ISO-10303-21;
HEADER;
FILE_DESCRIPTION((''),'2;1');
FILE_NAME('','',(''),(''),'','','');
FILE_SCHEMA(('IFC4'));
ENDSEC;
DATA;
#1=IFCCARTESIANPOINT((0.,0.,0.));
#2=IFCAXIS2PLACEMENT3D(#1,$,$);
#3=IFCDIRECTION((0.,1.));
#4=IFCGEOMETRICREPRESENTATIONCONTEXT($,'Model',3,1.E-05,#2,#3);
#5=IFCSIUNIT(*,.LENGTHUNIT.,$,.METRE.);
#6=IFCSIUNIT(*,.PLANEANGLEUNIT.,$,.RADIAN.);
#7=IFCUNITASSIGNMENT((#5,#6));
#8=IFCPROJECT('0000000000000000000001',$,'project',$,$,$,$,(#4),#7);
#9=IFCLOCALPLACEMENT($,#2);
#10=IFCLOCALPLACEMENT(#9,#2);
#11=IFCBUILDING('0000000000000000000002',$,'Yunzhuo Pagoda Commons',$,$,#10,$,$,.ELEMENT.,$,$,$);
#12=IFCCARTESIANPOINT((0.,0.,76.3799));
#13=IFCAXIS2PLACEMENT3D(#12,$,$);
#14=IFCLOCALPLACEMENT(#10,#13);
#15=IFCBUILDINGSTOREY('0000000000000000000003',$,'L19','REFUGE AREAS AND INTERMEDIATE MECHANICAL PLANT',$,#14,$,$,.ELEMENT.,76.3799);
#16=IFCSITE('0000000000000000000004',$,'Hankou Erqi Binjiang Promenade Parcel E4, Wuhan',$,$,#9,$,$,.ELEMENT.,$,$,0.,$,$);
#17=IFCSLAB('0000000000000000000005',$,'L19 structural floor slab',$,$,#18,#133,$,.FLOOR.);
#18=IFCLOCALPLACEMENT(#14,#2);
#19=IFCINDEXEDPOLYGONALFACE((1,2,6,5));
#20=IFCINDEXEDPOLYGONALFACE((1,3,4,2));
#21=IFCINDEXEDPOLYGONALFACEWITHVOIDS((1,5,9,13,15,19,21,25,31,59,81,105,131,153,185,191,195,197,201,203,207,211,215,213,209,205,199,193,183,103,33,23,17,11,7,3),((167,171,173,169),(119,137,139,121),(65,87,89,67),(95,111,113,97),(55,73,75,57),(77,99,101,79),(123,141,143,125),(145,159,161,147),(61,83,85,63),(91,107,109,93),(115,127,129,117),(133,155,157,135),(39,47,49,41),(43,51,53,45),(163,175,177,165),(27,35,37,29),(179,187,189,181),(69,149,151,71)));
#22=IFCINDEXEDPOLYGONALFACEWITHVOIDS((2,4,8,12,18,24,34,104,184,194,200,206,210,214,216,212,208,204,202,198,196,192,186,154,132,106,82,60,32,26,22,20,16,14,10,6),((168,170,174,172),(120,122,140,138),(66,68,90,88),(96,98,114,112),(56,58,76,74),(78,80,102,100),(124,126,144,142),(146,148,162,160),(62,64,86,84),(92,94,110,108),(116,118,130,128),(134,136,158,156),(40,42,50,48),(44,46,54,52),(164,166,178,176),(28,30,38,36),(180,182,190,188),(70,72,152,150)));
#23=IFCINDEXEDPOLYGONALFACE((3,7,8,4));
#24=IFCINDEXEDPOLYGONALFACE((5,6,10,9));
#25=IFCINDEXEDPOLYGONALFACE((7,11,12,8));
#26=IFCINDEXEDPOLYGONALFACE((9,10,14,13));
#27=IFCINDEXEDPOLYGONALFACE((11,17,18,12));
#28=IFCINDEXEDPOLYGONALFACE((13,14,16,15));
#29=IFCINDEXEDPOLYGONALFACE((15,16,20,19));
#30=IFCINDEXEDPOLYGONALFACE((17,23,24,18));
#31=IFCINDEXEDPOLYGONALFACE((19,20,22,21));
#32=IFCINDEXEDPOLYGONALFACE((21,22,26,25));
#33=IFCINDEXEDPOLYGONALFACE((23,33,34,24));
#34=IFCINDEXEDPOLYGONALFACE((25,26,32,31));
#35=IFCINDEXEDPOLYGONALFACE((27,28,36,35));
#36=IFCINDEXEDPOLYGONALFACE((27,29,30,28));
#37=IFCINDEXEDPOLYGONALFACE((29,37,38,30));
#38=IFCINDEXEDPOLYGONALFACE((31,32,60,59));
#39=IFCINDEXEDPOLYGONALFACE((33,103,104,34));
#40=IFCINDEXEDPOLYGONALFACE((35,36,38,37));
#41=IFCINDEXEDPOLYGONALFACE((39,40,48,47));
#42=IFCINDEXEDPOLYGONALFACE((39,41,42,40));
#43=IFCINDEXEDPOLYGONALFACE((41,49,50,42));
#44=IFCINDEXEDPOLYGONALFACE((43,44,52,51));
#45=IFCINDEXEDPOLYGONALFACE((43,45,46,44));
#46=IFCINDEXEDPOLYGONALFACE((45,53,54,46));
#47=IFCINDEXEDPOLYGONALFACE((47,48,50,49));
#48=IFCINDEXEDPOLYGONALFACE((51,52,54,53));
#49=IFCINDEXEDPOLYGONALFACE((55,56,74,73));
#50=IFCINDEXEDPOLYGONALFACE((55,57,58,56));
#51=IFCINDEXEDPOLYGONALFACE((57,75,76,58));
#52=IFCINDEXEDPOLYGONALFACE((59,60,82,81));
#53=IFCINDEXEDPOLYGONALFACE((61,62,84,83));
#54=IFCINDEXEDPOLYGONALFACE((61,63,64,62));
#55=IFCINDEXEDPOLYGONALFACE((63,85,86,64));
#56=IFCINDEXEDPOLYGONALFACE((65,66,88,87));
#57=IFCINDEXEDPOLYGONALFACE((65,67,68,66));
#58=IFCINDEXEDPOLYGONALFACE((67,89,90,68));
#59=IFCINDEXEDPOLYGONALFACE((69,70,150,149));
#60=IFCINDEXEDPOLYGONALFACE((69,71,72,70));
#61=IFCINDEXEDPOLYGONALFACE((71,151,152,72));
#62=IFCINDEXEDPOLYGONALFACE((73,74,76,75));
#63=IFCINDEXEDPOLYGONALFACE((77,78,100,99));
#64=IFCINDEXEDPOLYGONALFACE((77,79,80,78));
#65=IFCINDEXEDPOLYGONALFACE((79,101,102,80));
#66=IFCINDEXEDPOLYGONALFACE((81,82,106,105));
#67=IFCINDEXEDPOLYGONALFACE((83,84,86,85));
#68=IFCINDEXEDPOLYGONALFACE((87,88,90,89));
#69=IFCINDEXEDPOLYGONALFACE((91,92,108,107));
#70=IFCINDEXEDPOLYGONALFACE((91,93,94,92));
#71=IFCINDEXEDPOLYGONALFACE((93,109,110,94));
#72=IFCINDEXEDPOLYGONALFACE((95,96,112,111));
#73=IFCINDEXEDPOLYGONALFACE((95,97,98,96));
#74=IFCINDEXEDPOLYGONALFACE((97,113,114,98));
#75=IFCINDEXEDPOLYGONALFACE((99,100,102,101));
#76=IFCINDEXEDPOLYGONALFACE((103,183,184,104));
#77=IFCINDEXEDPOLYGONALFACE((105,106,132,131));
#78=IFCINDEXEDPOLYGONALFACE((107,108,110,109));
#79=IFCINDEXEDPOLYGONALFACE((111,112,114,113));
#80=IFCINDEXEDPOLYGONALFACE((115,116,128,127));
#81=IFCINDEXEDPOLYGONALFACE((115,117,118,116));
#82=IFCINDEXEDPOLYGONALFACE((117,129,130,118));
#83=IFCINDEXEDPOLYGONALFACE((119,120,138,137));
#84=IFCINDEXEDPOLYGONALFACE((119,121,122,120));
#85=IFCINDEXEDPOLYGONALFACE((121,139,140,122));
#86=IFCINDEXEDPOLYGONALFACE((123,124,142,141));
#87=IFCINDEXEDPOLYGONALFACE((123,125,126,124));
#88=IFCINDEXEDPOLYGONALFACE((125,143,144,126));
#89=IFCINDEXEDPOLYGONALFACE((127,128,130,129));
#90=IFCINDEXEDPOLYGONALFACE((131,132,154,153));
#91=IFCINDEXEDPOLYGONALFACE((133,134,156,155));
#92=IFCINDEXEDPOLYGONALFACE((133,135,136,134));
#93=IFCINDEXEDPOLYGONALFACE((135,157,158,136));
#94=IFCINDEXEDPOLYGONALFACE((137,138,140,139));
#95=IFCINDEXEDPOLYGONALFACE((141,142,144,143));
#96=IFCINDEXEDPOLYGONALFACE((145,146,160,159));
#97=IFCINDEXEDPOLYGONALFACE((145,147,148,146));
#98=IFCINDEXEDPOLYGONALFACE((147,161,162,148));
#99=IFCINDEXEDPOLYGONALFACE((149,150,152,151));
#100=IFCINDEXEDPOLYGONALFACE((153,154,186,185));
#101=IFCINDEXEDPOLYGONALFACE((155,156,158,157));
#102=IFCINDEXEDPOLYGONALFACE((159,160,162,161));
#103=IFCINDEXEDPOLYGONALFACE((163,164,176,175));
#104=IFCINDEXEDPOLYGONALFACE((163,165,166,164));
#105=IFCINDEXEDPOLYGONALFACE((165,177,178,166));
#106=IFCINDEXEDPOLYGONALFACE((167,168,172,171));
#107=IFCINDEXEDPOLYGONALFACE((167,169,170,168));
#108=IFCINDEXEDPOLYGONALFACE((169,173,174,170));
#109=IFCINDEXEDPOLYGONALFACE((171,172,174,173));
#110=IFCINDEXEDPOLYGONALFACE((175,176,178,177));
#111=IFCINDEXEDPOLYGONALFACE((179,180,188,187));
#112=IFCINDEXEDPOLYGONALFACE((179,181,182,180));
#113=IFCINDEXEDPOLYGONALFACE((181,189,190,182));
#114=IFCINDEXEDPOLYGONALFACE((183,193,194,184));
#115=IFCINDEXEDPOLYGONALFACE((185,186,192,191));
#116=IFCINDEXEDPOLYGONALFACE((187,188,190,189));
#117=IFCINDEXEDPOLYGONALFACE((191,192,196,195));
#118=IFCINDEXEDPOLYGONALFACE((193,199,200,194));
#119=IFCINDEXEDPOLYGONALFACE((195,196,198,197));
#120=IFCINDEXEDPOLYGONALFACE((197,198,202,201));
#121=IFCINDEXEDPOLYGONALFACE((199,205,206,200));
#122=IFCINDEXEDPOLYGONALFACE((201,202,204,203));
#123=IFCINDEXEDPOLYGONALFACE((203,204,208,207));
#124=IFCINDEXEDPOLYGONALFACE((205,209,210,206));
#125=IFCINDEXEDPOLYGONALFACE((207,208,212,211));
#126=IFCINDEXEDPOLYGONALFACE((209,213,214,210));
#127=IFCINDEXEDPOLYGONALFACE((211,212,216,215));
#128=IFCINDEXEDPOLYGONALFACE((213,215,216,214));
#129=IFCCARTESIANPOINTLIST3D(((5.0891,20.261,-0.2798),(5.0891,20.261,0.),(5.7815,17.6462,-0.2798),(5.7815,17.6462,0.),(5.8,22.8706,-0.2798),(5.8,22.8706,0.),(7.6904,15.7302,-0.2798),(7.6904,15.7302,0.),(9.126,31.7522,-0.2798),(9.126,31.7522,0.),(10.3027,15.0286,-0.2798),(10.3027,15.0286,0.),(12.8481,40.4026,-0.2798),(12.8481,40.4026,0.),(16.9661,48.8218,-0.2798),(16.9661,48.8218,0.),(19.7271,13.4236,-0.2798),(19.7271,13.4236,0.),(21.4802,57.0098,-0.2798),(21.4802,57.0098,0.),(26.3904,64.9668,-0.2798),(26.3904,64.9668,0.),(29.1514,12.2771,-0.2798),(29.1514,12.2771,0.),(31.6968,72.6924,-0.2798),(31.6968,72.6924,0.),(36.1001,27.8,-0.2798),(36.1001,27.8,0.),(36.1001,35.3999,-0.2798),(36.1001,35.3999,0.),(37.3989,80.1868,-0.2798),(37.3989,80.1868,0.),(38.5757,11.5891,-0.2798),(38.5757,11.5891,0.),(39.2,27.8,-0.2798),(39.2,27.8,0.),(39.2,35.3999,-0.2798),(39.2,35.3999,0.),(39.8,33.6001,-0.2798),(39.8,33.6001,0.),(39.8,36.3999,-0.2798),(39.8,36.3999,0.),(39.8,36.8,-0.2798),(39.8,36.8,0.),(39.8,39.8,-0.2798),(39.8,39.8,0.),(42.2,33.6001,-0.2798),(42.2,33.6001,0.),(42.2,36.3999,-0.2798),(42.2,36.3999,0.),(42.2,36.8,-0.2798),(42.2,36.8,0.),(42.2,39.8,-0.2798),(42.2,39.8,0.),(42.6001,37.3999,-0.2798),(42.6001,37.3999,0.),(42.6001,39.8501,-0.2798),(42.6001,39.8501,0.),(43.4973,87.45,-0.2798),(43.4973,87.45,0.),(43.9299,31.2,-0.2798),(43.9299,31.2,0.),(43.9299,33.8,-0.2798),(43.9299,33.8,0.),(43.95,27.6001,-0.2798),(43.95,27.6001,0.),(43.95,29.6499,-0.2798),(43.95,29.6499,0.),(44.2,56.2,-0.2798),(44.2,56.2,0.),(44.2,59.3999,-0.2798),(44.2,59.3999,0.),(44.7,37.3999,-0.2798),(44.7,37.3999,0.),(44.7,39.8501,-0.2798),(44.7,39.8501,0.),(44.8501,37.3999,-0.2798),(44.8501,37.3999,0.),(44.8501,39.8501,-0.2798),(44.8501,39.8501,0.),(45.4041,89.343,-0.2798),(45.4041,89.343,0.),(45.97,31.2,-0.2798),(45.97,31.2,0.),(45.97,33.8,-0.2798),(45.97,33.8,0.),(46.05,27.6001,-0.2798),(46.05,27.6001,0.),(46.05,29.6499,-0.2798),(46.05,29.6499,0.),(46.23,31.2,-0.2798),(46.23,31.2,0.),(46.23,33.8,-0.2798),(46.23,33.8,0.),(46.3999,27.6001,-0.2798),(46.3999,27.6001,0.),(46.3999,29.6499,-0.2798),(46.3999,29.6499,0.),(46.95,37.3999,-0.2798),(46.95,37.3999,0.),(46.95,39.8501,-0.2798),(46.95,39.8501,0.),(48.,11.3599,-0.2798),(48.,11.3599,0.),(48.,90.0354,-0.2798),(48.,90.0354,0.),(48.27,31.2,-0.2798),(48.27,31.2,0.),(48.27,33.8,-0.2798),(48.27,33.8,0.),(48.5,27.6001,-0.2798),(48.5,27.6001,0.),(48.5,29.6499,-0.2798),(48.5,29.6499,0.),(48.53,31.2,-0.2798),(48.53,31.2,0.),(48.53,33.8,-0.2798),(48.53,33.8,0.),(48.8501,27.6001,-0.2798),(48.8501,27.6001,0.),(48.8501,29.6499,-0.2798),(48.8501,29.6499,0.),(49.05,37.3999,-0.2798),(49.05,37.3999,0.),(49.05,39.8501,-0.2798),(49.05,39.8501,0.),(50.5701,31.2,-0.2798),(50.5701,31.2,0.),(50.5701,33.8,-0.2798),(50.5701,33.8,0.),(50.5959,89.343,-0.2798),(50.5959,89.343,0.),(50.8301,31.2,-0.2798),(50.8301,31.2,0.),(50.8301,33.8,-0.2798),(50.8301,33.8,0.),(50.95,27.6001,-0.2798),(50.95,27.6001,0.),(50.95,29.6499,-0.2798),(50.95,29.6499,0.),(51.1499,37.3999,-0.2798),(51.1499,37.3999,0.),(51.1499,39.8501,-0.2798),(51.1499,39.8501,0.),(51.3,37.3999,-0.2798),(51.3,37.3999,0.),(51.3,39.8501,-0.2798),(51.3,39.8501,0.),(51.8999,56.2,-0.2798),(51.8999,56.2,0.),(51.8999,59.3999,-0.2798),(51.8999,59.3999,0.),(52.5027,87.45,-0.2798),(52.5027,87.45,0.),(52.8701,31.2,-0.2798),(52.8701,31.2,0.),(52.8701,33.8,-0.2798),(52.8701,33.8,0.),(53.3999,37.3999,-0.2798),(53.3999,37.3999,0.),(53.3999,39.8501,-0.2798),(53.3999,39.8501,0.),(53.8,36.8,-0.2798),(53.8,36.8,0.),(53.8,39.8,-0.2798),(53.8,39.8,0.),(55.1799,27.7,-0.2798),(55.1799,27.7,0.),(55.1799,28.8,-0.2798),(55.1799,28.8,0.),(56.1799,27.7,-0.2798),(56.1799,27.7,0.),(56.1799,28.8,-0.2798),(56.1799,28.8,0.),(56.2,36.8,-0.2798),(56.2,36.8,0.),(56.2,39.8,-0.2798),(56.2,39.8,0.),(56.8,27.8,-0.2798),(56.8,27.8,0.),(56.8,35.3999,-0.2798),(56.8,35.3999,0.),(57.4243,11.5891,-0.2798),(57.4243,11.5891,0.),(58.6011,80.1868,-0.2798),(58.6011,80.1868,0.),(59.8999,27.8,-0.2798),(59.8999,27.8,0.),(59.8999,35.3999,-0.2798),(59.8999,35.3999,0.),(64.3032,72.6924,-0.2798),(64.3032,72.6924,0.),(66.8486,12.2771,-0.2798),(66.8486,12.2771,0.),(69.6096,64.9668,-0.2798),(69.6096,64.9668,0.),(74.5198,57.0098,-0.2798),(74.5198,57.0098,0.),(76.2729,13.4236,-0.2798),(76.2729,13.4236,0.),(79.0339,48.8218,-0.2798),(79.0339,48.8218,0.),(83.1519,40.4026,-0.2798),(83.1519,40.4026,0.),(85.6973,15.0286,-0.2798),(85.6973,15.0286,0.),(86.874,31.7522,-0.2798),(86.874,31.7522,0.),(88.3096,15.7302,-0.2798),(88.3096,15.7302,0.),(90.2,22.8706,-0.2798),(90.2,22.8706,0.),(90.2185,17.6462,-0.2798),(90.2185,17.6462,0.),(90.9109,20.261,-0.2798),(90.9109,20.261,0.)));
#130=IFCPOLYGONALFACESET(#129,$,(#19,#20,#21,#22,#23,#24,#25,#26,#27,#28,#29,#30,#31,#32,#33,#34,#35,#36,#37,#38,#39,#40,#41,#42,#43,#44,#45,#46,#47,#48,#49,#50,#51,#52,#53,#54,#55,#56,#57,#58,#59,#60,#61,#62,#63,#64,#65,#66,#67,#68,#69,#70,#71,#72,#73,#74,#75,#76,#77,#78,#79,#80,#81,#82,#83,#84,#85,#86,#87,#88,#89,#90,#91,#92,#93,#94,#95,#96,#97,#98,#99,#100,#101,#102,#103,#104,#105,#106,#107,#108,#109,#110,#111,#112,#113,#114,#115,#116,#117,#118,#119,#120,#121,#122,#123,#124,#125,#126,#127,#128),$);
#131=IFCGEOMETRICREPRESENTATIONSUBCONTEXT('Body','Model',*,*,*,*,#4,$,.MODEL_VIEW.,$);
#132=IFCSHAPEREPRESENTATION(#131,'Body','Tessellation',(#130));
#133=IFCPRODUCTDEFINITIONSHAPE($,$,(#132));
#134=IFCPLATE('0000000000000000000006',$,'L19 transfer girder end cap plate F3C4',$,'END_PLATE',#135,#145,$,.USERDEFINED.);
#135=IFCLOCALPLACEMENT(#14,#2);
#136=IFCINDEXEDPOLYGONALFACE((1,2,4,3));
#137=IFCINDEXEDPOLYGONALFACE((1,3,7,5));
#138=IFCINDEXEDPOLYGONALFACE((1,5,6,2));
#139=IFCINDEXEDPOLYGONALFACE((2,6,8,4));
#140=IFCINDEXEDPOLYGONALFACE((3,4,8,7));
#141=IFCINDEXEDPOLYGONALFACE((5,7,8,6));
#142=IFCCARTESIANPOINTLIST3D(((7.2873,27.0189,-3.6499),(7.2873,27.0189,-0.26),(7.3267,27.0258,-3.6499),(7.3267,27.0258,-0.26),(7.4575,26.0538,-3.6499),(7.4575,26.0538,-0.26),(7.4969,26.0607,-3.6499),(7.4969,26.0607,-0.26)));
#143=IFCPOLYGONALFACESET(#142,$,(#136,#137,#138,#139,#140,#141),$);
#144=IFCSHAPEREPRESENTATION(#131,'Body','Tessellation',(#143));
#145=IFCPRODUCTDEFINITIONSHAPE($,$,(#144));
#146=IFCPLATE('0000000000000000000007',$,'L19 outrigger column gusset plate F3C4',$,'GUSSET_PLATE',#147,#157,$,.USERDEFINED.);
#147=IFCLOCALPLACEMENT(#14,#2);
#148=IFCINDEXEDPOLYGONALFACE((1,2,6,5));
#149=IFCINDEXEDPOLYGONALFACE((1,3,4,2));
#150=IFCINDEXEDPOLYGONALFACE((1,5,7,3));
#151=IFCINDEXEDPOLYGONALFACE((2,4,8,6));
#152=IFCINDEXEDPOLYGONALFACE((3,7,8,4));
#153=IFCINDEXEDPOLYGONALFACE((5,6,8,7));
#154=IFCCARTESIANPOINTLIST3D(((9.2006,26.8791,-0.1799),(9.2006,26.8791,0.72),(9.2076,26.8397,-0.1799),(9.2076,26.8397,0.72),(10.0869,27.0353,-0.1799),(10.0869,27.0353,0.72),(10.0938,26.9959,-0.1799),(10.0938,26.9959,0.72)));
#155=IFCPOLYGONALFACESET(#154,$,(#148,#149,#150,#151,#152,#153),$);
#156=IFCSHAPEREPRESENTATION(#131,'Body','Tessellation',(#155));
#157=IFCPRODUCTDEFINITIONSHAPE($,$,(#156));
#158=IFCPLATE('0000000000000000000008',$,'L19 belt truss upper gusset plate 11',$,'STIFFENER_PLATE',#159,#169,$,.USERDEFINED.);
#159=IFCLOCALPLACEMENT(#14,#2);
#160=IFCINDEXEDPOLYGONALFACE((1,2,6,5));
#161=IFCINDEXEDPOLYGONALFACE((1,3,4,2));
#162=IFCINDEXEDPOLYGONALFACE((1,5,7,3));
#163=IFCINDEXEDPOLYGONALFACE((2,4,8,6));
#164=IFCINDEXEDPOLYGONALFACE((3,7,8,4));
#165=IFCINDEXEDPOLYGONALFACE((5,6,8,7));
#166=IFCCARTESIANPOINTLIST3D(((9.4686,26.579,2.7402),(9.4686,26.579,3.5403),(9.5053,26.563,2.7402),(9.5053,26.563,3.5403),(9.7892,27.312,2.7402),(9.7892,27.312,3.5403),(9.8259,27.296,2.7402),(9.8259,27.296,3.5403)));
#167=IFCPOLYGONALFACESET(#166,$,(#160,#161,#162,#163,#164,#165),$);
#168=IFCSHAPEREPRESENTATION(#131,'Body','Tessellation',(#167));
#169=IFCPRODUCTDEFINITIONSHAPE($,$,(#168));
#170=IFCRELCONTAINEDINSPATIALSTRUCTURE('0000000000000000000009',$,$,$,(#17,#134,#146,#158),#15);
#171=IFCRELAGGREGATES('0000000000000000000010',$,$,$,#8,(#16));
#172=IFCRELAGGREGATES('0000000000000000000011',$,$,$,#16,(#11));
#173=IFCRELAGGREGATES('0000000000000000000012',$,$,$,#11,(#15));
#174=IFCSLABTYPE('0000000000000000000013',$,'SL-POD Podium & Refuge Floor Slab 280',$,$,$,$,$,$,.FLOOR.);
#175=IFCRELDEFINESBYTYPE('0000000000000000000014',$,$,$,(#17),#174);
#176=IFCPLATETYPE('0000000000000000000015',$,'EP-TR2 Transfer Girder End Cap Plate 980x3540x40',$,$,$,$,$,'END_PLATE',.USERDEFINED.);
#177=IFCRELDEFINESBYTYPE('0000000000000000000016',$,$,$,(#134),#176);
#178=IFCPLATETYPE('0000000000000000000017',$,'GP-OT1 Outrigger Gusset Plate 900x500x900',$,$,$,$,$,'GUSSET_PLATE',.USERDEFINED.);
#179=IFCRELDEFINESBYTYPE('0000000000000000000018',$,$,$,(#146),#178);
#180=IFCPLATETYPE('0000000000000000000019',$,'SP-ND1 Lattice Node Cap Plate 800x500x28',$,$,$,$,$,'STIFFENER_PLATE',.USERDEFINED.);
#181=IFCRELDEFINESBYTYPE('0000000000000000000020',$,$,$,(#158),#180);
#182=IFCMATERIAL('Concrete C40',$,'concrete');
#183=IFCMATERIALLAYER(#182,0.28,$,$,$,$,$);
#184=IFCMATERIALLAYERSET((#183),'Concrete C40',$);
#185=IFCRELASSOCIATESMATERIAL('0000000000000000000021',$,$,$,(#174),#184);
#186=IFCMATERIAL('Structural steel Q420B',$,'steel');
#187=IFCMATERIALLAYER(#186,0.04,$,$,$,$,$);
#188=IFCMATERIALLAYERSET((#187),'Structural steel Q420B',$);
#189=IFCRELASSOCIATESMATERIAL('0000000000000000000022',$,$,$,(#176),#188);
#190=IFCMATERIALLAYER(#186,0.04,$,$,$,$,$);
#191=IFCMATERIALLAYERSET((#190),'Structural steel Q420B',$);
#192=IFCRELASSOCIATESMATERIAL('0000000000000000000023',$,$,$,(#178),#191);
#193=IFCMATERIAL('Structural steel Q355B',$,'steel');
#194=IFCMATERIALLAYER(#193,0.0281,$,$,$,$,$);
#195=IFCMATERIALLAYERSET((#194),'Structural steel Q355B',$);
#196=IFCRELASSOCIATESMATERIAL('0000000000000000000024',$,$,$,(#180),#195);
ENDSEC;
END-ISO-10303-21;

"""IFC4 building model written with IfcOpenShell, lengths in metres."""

from ifc_helpers import new_model, si_unit, direction, frame, origin, origin_2d, place, context, subcontext, project, spatial, polyline, rectangle, outline, extrude, source, transform, mapped, material, layer, layer_set, type_object, element, save


model = new_model("IFC4")

# Units and contexts
model_context = context("Model", 3, precision=1e-05, world=origin(), true_north=direction((0.0, 1.0)))
body_context = subcontext(model_context, "Body", "Model", "MODEL_VIEW")
ifc_project = project(units=[si_unit("LENGTHUNIT", "METRE"), si_unit("PLANEANGLEUNIT", "RADIAN")], contexts=[model_context])

# Site, building, storey
site_placement = place(None, origin())
site = spatial("IfcSite", under=ifc_project, at=site_placement, Name="Hankou Erqi Binjiang Promenade Parcel E4, Wuhan", CompositionType="ELEMENT", RefElevation=0.0)
building_placement = place(site_placement, origin())
building = spatial("IfcBuilding", under=site, at=building_placement, Name="Yunzhuo Pagoda Commons", CompositionType="ELEMENT")
storey_placement = place(building_placement, frame((0.0, 0.0, 76.3799)))
storey = spatial("IfcBuildingStorey", under=building, at=storey_placement, Name="L19", Description="REFUGE AREAS AND INTERMEDIATE MECHANICAL PLANT", CompositionType="ELEMENT", Elevation=76.3799)

# Shared definitions
ifc_material_1 = material(Name="Structural steel Q420B", Category="steel")

# Shared definitions
ifc_material_2 = material(Name="Structural steel Q355B", Category="steel")

# Shared definitions
ifc_material_3 = material(Name="Concrete C40", Category="concrete")

# Slab
ifc_layer_1 = layer(ifc_material_3, 0.28)
ifc_layer_set_1 = layer_set([ifc_layer_1], Name="Concrete C40")
slab_type_1 = type_object("IfcSlabType", Name="SL-POD Podium & Refuge Floor Slab 280", PredefinedType="FLOOR", material=ifc_layer_set_1)
slab_1_placement = place(storey_placement, frame((0.0, 0.0, -0.2798)))
element("IfcSlab", 1, at=slab_1_placement, inside=storey, type_object=slab_type_1, Name="L19 structural floor slab", PredefinedType="FLOOR", context=body_context, shape_type="SweptSolid", body=[
    extrude(outline(polyline([(9.126, 31.7522), (12.8481, 40.4026), (16.9661, 48.8218), (21.4802, 57.0098), (26.3904, 64.9668), (31.6968, 72.6924), (37.3989, 80.1868), (43.4973, 87.45), (45.4041, 89.343), (48.0, 90.0354), (50.5959, 89.343), (52.5027, 87.45), (58.6011, 80.1868), (64.3032, 72.6924), (69.6096, 64.9668), (74.5198, 57.0098), (79.0339, 48.8218), (83.1519, 40.4026), (86.874, 31.7522), (90.2, 22.8706), (90.9109, 20.261), (90.2185, 17.6462), (88.3096, 15.7302), (85.6973, 15.0286), (76.2729, 13.4236), (66.8486, 12.2771), (57.4243, 11.5891), (48.0, 11.3599), (38.5757, 11.5891), (29.1514, 12.2771), (19.7271, 13.4236), (10.3027, 15.0286), (7.6904, 15.7302), (5.7815, 17.6462), (5.0891, 20.261), (5.8, 22.8706), (9.126, 31.7522)]), holes=[polyline([(46.05, 27.6001), (46.05, 29.6499), (43.95, 29.6499), (43.95, 27.6001), (46.05, 27.6001)]), polyline([(48.5, 27.6001), (48.5, 29.6499), (46.3999, 29.6499), (46.3999, 27.6001), (48.5, 27.6001)]), polyline([(36.1001, 27.8), (39.2, 27.8), (39.2, 35.3999), (36.1001, 35.3999), (36.1001, 27.8)]), polyline([(45.97, 31.2), (45.97, 33.8), (43.9299, 33.8), (43.9299, 31.2), (45.97, 31.2)]), polyline([(48.27, 31.2), (48.27, 33.8), (46.23, 33.8), (46.23, 31.2), (48.27, 31.2)]), polyline([(42.2, 33.6001), (42.2, 36.3999), (39.8, 36.3999), (39.8, 33.6001), (42.2, 33.6001)]), polyline([(42.2, 36.8), (42.2, 39.8), (39.8, 39.8), (39.8, 36.8), (42.2, 36.8)]), polyline([(42.6001, 37.3999), (44.7, 37.3999), (44.7, 39.8501), (42.6001, 39.8501), (42.6001, 37.3999)]), polyline([(44.8501, 37.3999), (46.95, 37.3999), (46.95, 39.8501), (44.8501, 39.8501), (44.8501, 37.3999)]), polyline([(56.1799, 27.7), (56.1799, 28.8), (55.1799, 28.8), (55.1799, 27.7), (56.1799, 27.7)]), polyline([(50.95, 27.6001), (50.95, 29.6499), (48.8501, 29.6499), (48.8501, 27.6001), (50.95, 27.6001)]), polyline([(56.8, 27.8), (59.8999, 27.8), (59.8999, 35.3999), (56.8, 35.3999), (56.8, 27.8)]), polyline([(50.5701, 31.2), (50.5701, 33.8), (48.53, 33.8), (48.53, 31.2), (50.5701, 31.2)]), polyline([(52.8701, 31.2), (52.8701, 33.8), (50.8301, 33.8), (50.8301, 31.2), (52.8701, 31.2)]), polyline([(56.2, 36.8), (56.2, 39.8), (53.8, 39.8), (53.8, 36.8), (56.2, 36.8)]), polyline([(51.1499, 37.3999), (51.1499, 39.8501), (49.05, 39.8501), (49.05, 37.3999), (51.1499, 37.3999)]), polyline([(51.3, 37.3999), (53.3999, 37.3999), (53.3999, 39.8501), (51.3, 39.8501), (51.3, 37.3999)]), polyline([(44.2, 56.2), (51.8999, 56.2), (51.8999, 59.3999), (44.2, 59.3999), (44.2, 56.2)])]), origin(), (0.0, 0.0, 1.0), 0.2798),
])

# Plates
ifc_layer_2 = layer(ifc_material_1, 0.04)
ifc_layer_set_2 = layer_set([ifc_layer_2], Name="Structural steel Q420B")
plate_type_1 = type_object("IfcPlateType", Name="EP-TR2 Transfer Girder End Cap Plate 980x3540x40", ElementType="END_PLATE", PredefinedType="USERDEFINED", material=ifc_layer_set_2)
shared_shape_1 = source(origin(), body_context, "Body", "SweptSolid", [
    extrude(rectangle(XDim=0.98, YDim=0.04, at=origin_2d()), origin(), (0.0, 0.0, 1.0), 3.3899),
])
plate_1_placement = place(storey_placement, frame((7.3921, 26.5398, -3.6499), z_axis=(0.0, 0.0, 1.0), x_axis=(0.173648, -0.984808, 0.0)))
element("IfcPlate", 2, at=plate_1_placement, inside=storey, type_object=plate_type_1, Name="L19 transfer girder end cap plate F3C4", ObjectType="END_PLATE", PredefinedType="USERDEFINED", context=body_context, shape_type="MappedRepresentation", body=[
    mapped(shared_shape_1, transform((0.0, 0.0, 0.0), scale=1.0)),
])
ifc_layer_3 = layer(ifc_material_1, 0.04)
ifc_layer_set_3 = layer_set([ifc_layer_3], Name="Structural steel Q420B")
plate_type_2 = type_object("IfcPlateType", Name="GP-OT1 Outrigger Gusset Plate 900x500x900", ElementType="GUSSET_PLATE", PredefinedType="USERDEFINED", material=ifc_layer_set_3)
shared_shape_2 = source(origin(), body_context, "Body", "SweptSolid", [
    extrude(rectangle(XDim=0.8999, YDim=0.04, at=origin_2d()), origin(), (0.0, 0.0, 1.0), 0.8999),
])
plate_2_placement = place(storey_placement, frame((9.6472, 26.9375, -0.1799), z_axis=(0.0, 0.0, 1.0), x_axis=(-0.984808, -0.173648, 0.0)))
element("IfcPlate", 3, at=plate_2_placement, inside=storey, type_object=plate_type_2, Name="L19 outrigger column gusset plate F3C4", ObjectType="GUSSET_PLATE", PredefinedType="USERDEFINED", context=body_context, shape_type="MappedRepresentation", body=[
    mapped(shared_shape_2, transform((0.0, 0.0, 0.0), scale=1.0)),
])
ifc_layer_4 = layer(ifc_material_2, 0.0281)
ifc_layer_set_4 = layer_set([ifc_layer_4], Name="Structural steel Q355B")
plate_type_3 = type_object("IfcPlateType", Name="SP-ND1 Lattice Node Cap Plate 800x500x28", ElementType="STIFFENER_PLATE", PredefinedType="USERDEFINED", material=ifc_layer_set_4)
shared_shape_3 = source(origin(), body_context, "Body", "SweptSolid", [
    extrude(rectangle(XDim=0.8, YDim=0.04, at=origin_2d()), origin(), (0.0, 0.0, 1.0), 0.8),
])
plate_3_placement = place(storey_placement, frame((9.6472, 26.9375, 2.7402), z_axis=(0.0, 0.0, 1.0), x_axis=(-0.400717, -0.916202, 0.0)))
element("IfcPlate", 4, at=plate_3_placement, inside=storey, type_object=plate_type_3, Name="L19 belt truss upper gusset plate 11", ObjectType="STIFFENER_PLATE", PredefinedType="USERDEFINED", context=body_context, shape_type="MappedRepresentation", body=[
    mapped(shared_shape_3, transform((0.0, 0.0, 0.0), scale=1.0)),
])

save(model, "model.ifc")
